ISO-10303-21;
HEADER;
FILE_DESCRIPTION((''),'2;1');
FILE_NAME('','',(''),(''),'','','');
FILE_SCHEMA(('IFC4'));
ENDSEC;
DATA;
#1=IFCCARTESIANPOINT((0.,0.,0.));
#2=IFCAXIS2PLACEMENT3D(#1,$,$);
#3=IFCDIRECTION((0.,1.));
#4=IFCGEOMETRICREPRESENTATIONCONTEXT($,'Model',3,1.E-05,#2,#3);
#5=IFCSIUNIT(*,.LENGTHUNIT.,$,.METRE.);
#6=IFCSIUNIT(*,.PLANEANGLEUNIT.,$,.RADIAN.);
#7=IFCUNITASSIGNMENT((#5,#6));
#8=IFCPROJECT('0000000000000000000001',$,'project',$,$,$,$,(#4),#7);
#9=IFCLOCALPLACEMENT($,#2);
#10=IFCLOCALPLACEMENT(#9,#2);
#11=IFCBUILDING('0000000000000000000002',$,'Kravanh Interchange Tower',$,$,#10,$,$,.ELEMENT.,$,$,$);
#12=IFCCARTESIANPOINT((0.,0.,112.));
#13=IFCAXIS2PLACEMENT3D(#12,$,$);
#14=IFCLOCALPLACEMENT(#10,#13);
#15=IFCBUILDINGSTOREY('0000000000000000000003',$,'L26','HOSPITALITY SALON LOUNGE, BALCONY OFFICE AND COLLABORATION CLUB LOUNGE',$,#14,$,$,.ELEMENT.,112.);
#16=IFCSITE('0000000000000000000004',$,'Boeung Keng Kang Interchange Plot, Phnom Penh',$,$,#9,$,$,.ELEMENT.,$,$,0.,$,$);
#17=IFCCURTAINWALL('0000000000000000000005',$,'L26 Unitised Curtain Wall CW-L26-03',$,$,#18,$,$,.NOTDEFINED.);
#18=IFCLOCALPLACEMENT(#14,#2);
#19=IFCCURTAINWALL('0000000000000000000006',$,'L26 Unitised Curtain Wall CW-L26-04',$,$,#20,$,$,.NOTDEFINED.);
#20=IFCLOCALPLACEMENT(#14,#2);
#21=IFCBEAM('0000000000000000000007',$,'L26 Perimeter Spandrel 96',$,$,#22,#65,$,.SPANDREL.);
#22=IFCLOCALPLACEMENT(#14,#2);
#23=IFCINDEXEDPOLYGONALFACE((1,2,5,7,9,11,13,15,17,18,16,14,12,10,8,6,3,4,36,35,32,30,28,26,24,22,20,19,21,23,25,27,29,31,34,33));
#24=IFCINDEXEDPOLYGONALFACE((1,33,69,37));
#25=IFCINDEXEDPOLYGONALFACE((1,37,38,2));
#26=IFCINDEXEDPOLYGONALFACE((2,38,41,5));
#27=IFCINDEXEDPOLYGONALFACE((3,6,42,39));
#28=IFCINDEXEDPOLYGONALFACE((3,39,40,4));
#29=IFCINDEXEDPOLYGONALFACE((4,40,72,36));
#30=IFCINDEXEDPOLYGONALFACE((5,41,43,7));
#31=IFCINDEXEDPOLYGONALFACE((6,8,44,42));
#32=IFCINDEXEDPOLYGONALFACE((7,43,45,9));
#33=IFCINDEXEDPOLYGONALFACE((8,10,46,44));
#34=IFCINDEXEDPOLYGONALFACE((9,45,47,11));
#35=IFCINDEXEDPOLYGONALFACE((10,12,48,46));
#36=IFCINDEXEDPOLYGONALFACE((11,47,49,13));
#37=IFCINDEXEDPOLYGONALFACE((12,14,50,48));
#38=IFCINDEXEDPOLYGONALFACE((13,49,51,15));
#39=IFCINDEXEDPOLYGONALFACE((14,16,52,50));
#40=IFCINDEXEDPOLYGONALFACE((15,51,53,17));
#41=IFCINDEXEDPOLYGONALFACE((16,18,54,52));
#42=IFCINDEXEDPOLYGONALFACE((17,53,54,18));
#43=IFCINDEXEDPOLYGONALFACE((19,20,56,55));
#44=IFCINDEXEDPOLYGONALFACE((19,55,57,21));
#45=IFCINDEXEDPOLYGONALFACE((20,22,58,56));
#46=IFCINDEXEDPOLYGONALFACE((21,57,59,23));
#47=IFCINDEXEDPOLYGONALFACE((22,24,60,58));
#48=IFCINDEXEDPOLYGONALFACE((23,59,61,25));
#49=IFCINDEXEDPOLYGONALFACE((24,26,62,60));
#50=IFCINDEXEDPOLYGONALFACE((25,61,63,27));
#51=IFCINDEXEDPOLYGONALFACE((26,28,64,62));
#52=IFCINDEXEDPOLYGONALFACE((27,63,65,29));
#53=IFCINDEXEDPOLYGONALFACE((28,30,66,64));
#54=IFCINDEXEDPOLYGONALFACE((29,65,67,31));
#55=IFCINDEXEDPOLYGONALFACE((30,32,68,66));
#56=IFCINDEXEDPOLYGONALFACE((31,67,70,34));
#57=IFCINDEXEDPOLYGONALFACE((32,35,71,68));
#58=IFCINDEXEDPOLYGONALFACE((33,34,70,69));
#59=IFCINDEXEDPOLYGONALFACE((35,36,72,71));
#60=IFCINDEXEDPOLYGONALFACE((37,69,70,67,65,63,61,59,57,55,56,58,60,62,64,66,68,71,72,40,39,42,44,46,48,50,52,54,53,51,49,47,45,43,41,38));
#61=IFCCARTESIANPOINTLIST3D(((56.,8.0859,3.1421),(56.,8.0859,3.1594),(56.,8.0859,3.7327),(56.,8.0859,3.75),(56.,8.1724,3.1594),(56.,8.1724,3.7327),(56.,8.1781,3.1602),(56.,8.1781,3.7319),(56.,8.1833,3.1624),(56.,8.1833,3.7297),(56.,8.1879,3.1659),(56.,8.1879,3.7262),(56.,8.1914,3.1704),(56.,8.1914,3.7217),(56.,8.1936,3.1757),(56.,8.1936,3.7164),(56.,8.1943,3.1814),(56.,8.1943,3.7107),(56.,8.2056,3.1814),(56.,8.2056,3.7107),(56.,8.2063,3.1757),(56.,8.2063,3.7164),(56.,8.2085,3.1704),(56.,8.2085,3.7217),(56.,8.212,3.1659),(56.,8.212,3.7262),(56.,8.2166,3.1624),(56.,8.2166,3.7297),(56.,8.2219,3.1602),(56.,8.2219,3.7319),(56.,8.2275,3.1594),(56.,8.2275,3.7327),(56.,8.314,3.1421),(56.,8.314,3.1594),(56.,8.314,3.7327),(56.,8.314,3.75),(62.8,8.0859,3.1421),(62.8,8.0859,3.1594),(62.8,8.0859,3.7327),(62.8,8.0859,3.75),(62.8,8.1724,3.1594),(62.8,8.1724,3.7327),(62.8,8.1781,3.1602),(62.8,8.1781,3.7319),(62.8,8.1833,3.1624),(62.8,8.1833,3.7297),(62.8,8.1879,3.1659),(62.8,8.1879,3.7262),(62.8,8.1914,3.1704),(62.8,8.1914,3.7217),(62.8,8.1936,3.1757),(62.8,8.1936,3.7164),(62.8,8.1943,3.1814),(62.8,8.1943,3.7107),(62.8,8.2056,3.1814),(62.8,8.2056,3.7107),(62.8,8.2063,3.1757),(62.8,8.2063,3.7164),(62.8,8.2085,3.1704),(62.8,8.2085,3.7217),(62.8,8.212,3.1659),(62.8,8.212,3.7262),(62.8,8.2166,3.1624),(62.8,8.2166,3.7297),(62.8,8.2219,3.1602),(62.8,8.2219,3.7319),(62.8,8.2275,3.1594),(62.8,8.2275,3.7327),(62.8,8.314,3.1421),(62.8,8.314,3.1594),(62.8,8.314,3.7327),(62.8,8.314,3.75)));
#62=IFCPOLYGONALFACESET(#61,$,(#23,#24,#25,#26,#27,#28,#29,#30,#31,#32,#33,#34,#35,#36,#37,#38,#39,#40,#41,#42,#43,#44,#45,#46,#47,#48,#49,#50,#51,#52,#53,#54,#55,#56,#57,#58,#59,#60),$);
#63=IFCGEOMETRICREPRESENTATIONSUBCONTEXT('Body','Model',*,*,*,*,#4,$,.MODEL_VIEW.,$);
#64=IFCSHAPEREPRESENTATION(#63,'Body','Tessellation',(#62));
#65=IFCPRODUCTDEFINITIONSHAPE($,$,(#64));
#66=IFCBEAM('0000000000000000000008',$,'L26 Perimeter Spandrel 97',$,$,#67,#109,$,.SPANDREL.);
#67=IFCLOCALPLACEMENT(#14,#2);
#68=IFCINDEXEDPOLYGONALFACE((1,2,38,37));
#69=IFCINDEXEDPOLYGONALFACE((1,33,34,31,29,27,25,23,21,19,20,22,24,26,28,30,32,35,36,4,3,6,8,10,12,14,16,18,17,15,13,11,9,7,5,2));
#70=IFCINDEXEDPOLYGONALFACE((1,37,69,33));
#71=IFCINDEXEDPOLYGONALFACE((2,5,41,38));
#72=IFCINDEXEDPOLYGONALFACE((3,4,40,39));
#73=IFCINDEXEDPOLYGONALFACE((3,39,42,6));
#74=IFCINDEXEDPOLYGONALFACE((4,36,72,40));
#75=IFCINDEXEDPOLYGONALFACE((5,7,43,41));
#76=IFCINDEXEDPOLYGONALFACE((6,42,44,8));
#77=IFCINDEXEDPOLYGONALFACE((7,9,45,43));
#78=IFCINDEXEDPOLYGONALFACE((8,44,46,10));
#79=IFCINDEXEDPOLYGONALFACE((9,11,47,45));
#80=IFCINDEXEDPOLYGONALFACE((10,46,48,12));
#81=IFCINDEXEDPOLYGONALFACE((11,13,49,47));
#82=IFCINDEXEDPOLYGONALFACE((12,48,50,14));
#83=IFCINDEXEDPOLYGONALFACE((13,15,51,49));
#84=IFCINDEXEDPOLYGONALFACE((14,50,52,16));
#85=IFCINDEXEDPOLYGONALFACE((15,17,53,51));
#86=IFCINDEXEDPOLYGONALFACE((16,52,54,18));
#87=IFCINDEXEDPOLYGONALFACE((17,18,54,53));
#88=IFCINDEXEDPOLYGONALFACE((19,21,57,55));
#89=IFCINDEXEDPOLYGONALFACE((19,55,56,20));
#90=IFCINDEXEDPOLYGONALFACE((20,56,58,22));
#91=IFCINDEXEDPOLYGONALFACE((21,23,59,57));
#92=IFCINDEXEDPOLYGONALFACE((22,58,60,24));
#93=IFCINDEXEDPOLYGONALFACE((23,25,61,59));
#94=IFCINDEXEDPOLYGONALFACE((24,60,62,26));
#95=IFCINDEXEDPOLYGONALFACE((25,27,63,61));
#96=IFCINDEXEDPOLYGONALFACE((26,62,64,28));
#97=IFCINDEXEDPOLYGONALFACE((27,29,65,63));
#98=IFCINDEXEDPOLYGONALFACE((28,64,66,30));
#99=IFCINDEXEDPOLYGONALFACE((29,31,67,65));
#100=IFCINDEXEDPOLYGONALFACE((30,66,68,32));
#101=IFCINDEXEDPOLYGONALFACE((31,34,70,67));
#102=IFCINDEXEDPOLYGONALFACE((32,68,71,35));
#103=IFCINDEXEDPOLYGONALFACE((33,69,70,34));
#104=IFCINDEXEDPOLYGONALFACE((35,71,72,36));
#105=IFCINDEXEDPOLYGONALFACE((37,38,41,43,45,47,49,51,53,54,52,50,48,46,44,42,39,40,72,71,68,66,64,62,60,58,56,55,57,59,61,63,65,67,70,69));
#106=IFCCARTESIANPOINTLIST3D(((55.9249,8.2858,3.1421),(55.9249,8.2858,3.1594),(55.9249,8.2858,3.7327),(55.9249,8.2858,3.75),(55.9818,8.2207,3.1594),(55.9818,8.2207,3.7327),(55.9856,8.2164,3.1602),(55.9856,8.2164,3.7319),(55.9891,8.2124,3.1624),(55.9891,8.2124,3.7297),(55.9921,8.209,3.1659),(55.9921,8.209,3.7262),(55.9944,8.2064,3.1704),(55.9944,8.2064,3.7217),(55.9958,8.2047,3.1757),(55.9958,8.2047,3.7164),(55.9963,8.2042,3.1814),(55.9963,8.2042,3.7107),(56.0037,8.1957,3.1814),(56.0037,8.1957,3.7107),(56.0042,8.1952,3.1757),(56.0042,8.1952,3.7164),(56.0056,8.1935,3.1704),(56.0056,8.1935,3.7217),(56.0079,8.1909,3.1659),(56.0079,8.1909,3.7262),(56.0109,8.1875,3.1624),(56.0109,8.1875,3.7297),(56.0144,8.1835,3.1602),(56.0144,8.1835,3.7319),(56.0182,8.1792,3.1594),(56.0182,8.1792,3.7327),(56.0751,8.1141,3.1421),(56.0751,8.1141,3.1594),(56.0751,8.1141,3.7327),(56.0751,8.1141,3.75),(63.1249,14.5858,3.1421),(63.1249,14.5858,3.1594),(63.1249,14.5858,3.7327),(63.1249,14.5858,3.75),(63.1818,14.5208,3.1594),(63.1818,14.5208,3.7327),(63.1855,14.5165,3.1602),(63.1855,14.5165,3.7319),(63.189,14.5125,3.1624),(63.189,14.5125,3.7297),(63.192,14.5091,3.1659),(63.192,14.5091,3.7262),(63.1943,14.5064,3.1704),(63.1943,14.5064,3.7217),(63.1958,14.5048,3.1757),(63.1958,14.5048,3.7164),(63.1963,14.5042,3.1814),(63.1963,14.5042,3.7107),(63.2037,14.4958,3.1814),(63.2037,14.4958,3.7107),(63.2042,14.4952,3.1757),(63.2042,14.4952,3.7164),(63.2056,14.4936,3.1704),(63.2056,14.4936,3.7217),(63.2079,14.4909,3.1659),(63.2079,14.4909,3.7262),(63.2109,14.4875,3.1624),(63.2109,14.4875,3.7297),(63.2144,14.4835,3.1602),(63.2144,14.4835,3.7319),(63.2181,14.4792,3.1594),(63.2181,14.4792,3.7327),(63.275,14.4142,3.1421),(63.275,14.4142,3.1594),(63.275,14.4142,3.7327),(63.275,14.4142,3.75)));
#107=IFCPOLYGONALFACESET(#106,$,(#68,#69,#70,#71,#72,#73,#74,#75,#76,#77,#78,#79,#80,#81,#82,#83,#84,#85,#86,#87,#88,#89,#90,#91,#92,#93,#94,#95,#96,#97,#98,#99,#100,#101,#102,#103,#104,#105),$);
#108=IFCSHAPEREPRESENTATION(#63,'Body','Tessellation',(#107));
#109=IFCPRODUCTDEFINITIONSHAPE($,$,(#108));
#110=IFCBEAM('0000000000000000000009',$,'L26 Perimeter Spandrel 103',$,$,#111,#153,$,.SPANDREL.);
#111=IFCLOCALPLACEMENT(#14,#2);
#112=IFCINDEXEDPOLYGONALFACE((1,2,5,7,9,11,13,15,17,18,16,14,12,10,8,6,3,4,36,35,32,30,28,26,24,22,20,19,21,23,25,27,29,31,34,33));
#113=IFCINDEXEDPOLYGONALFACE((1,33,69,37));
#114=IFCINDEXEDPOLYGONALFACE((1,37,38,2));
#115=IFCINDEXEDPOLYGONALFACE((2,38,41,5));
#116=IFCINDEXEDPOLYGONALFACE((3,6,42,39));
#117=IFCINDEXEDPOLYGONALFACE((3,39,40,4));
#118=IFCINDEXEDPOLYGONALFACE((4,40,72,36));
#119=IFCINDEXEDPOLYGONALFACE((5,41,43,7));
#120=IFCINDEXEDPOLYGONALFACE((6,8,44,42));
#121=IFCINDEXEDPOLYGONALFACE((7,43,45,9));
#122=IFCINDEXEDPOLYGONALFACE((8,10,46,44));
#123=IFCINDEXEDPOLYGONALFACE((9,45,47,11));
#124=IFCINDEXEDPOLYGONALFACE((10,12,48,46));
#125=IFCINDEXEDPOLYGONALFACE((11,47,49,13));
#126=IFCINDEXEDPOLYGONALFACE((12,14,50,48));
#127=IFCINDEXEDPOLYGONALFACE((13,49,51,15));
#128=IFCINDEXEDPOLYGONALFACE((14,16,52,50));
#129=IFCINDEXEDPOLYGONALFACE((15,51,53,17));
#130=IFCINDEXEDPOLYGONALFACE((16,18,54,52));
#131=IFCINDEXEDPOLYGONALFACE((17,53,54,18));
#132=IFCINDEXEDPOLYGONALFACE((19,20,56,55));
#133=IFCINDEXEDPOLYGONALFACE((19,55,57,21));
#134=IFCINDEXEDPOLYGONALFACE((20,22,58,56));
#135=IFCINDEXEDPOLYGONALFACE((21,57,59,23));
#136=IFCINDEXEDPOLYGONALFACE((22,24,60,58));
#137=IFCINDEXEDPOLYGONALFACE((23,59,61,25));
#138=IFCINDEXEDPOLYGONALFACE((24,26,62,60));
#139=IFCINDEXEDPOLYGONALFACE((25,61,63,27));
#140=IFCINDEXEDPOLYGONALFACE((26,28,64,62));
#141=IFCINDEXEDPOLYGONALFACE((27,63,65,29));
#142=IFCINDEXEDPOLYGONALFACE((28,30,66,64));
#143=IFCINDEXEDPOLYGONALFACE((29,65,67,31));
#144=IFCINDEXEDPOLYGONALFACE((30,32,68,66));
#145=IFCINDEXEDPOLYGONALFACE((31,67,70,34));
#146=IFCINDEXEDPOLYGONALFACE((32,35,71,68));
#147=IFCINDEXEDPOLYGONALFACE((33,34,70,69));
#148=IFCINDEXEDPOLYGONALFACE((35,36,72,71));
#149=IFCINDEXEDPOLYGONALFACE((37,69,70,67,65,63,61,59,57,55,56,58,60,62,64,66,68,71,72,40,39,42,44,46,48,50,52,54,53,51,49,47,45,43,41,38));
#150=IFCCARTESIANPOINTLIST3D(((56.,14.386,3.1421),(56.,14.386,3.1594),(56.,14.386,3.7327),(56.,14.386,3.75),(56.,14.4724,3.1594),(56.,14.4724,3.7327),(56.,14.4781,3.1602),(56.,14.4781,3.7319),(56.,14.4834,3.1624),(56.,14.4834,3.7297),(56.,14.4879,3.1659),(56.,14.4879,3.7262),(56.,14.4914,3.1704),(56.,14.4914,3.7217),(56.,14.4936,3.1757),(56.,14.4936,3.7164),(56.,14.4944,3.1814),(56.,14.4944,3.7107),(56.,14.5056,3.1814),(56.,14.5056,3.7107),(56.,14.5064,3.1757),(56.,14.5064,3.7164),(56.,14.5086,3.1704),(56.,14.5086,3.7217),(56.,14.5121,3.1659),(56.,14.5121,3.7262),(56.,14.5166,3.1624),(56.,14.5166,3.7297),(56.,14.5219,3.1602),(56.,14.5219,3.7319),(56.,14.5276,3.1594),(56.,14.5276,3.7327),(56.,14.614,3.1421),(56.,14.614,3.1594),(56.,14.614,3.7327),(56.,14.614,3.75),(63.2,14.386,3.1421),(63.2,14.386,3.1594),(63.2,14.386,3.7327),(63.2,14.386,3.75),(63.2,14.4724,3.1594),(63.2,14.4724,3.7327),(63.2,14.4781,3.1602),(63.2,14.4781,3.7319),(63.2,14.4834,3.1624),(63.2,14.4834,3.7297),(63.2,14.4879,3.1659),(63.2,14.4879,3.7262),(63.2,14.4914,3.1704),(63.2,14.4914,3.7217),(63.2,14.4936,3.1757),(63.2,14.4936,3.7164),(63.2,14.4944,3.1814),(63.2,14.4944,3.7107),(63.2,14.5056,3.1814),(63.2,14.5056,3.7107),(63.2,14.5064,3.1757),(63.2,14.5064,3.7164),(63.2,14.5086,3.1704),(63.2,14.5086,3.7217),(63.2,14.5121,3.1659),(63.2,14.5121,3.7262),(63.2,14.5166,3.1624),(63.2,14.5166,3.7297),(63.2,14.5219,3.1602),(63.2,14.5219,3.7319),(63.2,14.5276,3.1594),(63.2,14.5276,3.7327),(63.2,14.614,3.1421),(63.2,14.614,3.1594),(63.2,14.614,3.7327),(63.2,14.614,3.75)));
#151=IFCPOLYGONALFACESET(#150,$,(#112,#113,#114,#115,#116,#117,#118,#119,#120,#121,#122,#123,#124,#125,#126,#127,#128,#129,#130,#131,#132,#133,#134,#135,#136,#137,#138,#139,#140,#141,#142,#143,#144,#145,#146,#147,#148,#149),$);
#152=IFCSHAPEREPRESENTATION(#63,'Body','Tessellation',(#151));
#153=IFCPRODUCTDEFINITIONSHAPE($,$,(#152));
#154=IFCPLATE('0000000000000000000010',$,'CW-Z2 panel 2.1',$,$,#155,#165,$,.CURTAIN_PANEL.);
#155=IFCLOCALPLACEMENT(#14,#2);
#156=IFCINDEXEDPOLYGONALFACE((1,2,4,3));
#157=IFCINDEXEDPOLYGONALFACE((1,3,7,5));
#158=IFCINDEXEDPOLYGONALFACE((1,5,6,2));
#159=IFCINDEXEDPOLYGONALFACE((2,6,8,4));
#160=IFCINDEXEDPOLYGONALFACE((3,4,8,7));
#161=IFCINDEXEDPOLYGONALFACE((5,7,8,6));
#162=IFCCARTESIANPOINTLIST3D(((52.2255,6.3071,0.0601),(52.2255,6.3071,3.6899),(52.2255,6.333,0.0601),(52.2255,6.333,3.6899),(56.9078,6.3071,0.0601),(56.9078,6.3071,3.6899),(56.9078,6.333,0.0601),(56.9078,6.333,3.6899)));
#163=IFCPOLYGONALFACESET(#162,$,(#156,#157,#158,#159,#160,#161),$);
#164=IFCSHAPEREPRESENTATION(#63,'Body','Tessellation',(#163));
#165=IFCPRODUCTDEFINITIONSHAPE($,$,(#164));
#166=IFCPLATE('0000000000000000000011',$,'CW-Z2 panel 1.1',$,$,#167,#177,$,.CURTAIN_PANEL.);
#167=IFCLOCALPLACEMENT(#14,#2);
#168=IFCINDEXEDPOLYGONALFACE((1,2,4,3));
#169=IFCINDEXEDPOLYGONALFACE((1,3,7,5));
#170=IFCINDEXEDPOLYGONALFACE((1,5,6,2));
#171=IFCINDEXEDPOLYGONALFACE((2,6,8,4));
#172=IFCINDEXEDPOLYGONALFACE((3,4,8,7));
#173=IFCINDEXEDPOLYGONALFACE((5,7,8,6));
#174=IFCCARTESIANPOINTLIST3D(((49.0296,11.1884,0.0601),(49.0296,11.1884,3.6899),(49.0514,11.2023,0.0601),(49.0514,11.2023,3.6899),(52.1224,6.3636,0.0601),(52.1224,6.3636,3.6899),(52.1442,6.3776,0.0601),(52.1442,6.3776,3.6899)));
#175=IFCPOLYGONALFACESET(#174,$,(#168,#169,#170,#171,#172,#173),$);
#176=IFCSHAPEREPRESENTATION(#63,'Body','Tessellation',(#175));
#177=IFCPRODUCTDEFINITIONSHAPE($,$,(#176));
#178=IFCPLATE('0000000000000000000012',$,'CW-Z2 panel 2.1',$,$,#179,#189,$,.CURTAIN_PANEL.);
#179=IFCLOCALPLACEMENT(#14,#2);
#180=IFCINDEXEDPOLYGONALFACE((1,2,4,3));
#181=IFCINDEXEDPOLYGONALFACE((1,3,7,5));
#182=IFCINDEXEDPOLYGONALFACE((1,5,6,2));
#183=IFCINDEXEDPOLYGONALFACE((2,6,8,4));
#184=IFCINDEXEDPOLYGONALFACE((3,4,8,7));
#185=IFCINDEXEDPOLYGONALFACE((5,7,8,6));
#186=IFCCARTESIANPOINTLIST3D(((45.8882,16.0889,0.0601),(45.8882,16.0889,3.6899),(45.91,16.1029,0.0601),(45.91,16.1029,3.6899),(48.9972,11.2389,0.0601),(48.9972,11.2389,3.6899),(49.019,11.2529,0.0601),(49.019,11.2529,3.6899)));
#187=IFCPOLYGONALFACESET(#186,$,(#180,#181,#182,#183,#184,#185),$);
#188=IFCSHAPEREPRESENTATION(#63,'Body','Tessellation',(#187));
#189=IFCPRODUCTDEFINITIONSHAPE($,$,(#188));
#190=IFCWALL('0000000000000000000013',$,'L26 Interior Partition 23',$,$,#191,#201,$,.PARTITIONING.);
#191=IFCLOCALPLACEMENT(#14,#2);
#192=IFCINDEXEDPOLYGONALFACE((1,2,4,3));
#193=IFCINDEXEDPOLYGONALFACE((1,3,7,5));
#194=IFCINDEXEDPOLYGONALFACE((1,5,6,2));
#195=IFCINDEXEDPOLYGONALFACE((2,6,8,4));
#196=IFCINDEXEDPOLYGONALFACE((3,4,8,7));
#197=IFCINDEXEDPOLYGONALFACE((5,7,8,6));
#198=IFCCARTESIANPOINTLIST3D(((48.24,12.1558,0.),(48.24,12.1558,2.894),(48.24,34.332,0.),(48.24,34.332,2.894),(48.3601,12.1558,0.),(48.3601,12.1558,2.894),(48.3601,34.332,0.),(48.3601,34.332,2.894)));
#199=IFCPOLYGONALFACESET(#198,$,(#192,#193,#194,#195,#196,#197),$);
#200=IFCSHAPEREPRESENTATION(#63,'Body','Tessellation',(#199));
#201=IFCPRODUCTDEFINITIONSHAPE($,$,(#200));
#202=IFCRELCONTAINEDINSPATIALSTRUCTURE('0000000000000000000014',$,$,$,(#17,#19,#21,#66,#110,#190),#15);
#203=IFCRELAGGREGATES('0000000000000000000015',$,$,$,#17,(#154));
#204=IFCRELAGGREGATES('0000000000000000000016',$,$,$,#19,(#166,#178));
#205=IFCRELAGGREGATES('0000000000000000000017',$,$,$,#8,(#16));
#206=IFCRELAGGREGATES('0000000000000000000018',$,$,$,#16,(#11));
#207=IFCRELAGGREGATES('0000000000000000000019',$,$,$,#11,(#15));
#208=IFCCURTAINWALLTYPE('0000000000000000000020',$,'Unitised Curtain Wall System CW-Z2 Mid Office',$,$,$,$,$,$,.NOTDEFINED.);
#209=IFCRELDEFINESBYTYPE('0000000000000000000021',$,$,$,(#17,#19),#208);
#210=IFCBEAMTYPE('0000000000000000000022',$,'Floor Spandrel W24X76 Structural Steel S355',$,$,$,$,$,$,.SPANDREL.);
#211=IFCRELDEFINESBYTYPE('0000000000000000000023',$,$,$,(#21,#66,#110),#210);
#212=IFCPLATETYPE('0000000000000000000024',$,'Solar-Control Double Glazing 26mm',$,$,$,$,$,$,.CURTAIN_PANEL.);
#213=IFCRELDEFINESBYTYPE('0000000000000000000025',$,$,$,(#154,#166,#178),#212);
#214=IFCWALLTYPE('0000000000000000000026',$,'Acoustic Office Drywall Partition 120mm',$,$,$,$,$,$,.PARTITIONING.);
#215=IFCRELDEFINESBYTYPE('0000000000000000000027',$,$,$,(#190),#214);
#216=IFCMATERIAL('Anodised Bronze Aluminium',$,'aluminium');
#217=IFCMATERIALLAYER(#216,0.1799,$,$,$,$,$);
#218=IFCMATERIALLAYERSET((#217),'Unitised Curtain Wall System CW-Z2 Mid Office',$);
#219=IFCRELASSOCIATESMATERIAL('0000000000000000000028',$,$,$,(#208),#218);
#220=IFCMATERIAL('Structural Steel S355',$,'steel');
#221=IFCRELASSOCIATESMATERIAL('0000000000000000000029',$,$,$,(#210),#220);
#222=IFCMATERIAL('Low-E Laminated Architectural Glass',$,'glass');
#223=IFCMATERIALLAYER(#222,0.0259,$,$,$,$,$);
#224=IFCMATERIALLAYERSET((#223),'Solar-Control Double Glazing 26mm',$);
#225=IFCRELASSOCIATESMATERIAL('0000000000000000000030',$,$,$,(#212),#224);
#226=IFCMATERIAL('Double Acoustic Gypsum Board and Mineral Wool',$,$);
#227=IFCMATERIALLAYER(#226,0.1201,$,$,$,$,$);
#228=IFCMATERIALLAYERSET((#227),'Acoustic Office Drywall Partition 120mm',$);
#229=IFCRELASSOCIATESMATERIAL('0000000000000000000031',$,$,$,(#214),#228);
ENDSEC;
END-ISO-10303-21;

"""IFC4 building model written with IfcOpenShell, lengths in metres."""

from ifc_helpers import new_model, si_unit, direction, frame, frame_2d, origin, origin_2d, place, context, subcontext, project, spatial, rectangle, i_section, extrude, material, layer, layer_set, material_profile, profile_set, type_object, element, aggregate, save


model = new_model("IFC4")

# Units and contexts
model_context = context("Model", 3, precision=1e-05, world=origin(), true_north=direction((0.0, 1.0)))
body_context = subcontext(model_context, "Body", "Model", "MODEL_VIEW")
ifc_project = project(units=[si_unit("LENGTHUNIT", "METRE"), si_unit("PLANEANGLEUNIT", "RADIAN")], contexts=[model_context])

# Site, building, storey
site_placement = place(None, origin())
site = spatial("IfcSite", under=ifc_project, at=site_placement, Name="Boeung Keng Kang Interchange Plot, Phnom Penh", CompositionType="ELEMENT", RefElevation=0.0)
building_placement = place(site_placement, origin())
building = spatial("IfcBuilding", under=site, at=building_placement, Name="Kravanh Interchange Tower", CompositionType="ELEMENT")
storey_placement = place(building_placement, frame((0.0, 0.0, 112.0)))
storey = spatial("IfcBuildingStorey", under=building, at=storey_placement, Name="L26", Description="HOSPITALITY SALON LOUNGE, BALCONY OFFICE AND COLLABORATION CLUB LOUNGE", CompositionType="ELEMENT", Elevation=112.0)

# Curtain wall
ifc_material_1 = material(Name="Anodised Bronze Aluminium", Category="aluminium")
ifc_layer_1 = layer(ifc_material_1, 0.1799)
ifc_layer_set_1 = layer_set([ifc_layer_1], Name="Unitised Curtain Wall System CW-Z2 Mid Office")
curtain_wall_type = type_object("IfcCurtainWallType", Name="Unitised Curtain Wall System CW-Z2 Mid Office", PredefinedType="NOTDEFINED", material=ifc_layer_set_1)
curtain_wall_1_placement = place(storey_placement, origin())
curtain_wall_1 = element("IfcCurtainWall", 1, at=curtain_wall_1_placement, inside=storey, type_object=curtain_wall_type, Name="L26 Unitised Curtain Wall CW-L26-03", PredefinedType="NOTDEFINED")

# Curtain wall
curtain_wall_2_placement = place(storey_placement, origin())
curtain_wall_2 = element("IfcCurtainWall", 2, at=curtain_wall_2_placement, inside=storey, type_object=curtain_wall_type, Name="L26 Unitised Curtain Wall CW-L26-04", PredefinedType="NOTDEFINED")

# Beams
ifc_material_2 = material(Name="Structural Steel S355", Category="steel")
ifc_material_profile_1 = material_profile(ifc_material_2, i_section(OverallWidth=0.228, OverallDepth=0.6079, WebThickness=0.0112, FlangeThickness=0.0173, FilletRadius=0.022, at=origin_2d()), Name="W24X76")
ifc_profile_set_1 = profile_set([ifc_material_profile_1], Name="Structural Steel S355")
beam_type_1 = type_object("IfcBeamType", Name="Floor Spandrel W24X76 Structural Steel S355", PredefinedType="SPANDREL", material=ifc_profile_set_1)
beam_1_placement = place(storey_placement, frame((56.0, 8.2, 3.446), z_axis=(1.0, 0.0, 0.0), x_axis=(0.0, 1.0, 0.0)))
element("IfcBeam", 3, at=beam_1_placement, inside=storey, type_object=beam_type_1, Name="L26 Perimeter Spandrel 96", PredefinedType="SPANDREL", context=body_context, shape_type="SweptSolid", body=[
    extrude(i_section(OverallWidth=0.228, OverallDepth=0.6079, WebThickness=0.0112, FlangeThickness=0.0173, FilletRadius=0.022, at=origin_2d()), origin(), (0.0, 0.0, 1.0), 6.8),
])
beam_2_placement = place(storey_placement, frame((56.0, 8.2, 3.446), z_axis=(0.752572, 0.65851, 0.0), x_axis=(-0.65851, 0.752572, 0.0)))
element("IfcBeam", 4, at=beam_2_placement, inside=storey, type_object=beam_type_1, Name="L26 Perimeter Spandrel 97", PredefinedType="SPANDREL", context=body_context, shape_type="SweptSolid", body=[
    extrude(i_section(OverallWidth=0.228, OverallDepth=0.6079, WebThickness=0.0112, FlangeThickness=0.0173, FilletRadius=0.022, at=origin_2d()), origin(), (0.0, 0.0, 1.0), 9.5671),
])
beam_3_placement = place(storey_placement, frame((56.0, 14.5, 3.446), z_axis=(1.0, 0.0, 0.0), x_axis=(0.0, 1.0, 0.0)))
element("IfcBeam", 5, at=beam_3_placement, inside=storey, type_object=beam_type_1, Name="L26 Perimeter Spandrel 103", PredefinedType="SPANDREL", context=body_context, shape_type="SweptSolid", body=[
    extrude(i_section(OverallWidth=0.228, OverallDepth=0.6079, WebThickness=0.0112, FlangeThickness=0.0173, FilletRadius=0.022, at=origin_2d()), origin(), (0.0, 0.0, 1.0), 7.2),
])

# Plates
ifc_material_3 = material(Name="Low-E Laminated Architectural Glass", Category="glass")
ifc_layer_2 = layer(ifc_material_3, 0.0259)
ifc_layer_set_2 = layer_set([ifc_layer_2], Name="Solar-Control Double Glazing 26mm")
plate_type = type_object("IfcPlateType", Name="Solar-Control Double Glazing 26mm", PredefinedType="CURTAIN_PANEL", material=ifc_layer_set_2)
plate_1_placement = place(storey_placement, frame((54.5667, 6.3201, 0.0601), z_axis=(0.0, 0.0, 1.0), x_axis=(-1.0, 0.0, 0.0)))
plate_1 = element("IfcPlate", 6, at=plate_1_placement, type_object=plate_type, Name="CW-Z2 panel 2.1", PredefinedType="CURTAIN_PANEL", context=body_context, shape_type="SweptSolid", body=[
    extrude(rectangle(XDim=4.6824, YDim=0.0259, at=origin_2d()), origin(), (0.0, 0.0, 1.0), 3.6299),
])
aggregate(curtain_wall_1, [plate_1])
plate_2_placement = place(storey_placement, frame((50.5869, 8.783, 0.0601), z_axis=(0.0, 0.0, 1.0), x_axis=(-0.539665, 0.84188, 0.0)))
plate_2 = element("IfcPlate", 7, at=plate_2_placement, type_object=plate_type, Name="CW-Z2 panel 1.1", PredefinedType="CURTAIN_PANEL", context=body_context, shape_type="SweptSolid", body=[
    extrude(rectangle(XDim=5.731, YDim=0.0259, at=origin_2d()), origin(), (0.0, 0.0, 1.0), 3.6299),
])
plate_3_placement = place(storey_placement, frame((47.4536, 13.6709, 0.0601), z_axis=(0.0, 0.0, 1.0), x_axis=(-0.539665, 0.84188, 0.0)))
plate_3 = element("IfcPlate", 8, at=plate_3_placement, type_object=plate_type, Name="CW-Z2 panel 2.1", PredefinedType="CURTAIN_PANEL", context=body_context, shape_type="SweptSolid", body=[
    extrude(rectangle(XDim=5.761, YDim=0.0259, at=origin_2d()), origin(), (0.0, 0.0, 1.0), 3.6299),
])
aggregate(curtain_wall_2, [plate_2, plate_3])

# Wall
ifc_material_4 = material(Name="Double Acoustic Gypsum Board and Mineral Wool")
ifc_layer_3 = layer(ifc_material_4, 0.1201)
ifc_layer_set_3 = layer_set([ifc_layer_3], Name="Acoustic Office Drywall Partition 120mm")
wall_type = type_object("IfcWallType", Name="Acoustic Office Drywall Partition 120mm", PredefinedType="PARTITIONING", material=ifc_layer_set_3)
wall_placement = place(storey_placement, frame((48.3, 12.1558, 0.0), z_axis=(0.0, 0.0, 1.0), x_axis=(0.0, 1.0, 0.0)))
element("IfcWall", 9, at=wall_placement, inside=storey, type_object=wall_type, Name="L26 Interior Partition 23", PredefinedType="PARTITIONING", context=body_context, shape_type="SweptSolid", body=[
    extrude(rectangle(XDim=22.1763, YDim=0.1201, at=frame_2d((11.0881, 0.0))), origin(), (0.0, 0.0, 1.0), 2.894),
])

save(model, "model.ifc")
